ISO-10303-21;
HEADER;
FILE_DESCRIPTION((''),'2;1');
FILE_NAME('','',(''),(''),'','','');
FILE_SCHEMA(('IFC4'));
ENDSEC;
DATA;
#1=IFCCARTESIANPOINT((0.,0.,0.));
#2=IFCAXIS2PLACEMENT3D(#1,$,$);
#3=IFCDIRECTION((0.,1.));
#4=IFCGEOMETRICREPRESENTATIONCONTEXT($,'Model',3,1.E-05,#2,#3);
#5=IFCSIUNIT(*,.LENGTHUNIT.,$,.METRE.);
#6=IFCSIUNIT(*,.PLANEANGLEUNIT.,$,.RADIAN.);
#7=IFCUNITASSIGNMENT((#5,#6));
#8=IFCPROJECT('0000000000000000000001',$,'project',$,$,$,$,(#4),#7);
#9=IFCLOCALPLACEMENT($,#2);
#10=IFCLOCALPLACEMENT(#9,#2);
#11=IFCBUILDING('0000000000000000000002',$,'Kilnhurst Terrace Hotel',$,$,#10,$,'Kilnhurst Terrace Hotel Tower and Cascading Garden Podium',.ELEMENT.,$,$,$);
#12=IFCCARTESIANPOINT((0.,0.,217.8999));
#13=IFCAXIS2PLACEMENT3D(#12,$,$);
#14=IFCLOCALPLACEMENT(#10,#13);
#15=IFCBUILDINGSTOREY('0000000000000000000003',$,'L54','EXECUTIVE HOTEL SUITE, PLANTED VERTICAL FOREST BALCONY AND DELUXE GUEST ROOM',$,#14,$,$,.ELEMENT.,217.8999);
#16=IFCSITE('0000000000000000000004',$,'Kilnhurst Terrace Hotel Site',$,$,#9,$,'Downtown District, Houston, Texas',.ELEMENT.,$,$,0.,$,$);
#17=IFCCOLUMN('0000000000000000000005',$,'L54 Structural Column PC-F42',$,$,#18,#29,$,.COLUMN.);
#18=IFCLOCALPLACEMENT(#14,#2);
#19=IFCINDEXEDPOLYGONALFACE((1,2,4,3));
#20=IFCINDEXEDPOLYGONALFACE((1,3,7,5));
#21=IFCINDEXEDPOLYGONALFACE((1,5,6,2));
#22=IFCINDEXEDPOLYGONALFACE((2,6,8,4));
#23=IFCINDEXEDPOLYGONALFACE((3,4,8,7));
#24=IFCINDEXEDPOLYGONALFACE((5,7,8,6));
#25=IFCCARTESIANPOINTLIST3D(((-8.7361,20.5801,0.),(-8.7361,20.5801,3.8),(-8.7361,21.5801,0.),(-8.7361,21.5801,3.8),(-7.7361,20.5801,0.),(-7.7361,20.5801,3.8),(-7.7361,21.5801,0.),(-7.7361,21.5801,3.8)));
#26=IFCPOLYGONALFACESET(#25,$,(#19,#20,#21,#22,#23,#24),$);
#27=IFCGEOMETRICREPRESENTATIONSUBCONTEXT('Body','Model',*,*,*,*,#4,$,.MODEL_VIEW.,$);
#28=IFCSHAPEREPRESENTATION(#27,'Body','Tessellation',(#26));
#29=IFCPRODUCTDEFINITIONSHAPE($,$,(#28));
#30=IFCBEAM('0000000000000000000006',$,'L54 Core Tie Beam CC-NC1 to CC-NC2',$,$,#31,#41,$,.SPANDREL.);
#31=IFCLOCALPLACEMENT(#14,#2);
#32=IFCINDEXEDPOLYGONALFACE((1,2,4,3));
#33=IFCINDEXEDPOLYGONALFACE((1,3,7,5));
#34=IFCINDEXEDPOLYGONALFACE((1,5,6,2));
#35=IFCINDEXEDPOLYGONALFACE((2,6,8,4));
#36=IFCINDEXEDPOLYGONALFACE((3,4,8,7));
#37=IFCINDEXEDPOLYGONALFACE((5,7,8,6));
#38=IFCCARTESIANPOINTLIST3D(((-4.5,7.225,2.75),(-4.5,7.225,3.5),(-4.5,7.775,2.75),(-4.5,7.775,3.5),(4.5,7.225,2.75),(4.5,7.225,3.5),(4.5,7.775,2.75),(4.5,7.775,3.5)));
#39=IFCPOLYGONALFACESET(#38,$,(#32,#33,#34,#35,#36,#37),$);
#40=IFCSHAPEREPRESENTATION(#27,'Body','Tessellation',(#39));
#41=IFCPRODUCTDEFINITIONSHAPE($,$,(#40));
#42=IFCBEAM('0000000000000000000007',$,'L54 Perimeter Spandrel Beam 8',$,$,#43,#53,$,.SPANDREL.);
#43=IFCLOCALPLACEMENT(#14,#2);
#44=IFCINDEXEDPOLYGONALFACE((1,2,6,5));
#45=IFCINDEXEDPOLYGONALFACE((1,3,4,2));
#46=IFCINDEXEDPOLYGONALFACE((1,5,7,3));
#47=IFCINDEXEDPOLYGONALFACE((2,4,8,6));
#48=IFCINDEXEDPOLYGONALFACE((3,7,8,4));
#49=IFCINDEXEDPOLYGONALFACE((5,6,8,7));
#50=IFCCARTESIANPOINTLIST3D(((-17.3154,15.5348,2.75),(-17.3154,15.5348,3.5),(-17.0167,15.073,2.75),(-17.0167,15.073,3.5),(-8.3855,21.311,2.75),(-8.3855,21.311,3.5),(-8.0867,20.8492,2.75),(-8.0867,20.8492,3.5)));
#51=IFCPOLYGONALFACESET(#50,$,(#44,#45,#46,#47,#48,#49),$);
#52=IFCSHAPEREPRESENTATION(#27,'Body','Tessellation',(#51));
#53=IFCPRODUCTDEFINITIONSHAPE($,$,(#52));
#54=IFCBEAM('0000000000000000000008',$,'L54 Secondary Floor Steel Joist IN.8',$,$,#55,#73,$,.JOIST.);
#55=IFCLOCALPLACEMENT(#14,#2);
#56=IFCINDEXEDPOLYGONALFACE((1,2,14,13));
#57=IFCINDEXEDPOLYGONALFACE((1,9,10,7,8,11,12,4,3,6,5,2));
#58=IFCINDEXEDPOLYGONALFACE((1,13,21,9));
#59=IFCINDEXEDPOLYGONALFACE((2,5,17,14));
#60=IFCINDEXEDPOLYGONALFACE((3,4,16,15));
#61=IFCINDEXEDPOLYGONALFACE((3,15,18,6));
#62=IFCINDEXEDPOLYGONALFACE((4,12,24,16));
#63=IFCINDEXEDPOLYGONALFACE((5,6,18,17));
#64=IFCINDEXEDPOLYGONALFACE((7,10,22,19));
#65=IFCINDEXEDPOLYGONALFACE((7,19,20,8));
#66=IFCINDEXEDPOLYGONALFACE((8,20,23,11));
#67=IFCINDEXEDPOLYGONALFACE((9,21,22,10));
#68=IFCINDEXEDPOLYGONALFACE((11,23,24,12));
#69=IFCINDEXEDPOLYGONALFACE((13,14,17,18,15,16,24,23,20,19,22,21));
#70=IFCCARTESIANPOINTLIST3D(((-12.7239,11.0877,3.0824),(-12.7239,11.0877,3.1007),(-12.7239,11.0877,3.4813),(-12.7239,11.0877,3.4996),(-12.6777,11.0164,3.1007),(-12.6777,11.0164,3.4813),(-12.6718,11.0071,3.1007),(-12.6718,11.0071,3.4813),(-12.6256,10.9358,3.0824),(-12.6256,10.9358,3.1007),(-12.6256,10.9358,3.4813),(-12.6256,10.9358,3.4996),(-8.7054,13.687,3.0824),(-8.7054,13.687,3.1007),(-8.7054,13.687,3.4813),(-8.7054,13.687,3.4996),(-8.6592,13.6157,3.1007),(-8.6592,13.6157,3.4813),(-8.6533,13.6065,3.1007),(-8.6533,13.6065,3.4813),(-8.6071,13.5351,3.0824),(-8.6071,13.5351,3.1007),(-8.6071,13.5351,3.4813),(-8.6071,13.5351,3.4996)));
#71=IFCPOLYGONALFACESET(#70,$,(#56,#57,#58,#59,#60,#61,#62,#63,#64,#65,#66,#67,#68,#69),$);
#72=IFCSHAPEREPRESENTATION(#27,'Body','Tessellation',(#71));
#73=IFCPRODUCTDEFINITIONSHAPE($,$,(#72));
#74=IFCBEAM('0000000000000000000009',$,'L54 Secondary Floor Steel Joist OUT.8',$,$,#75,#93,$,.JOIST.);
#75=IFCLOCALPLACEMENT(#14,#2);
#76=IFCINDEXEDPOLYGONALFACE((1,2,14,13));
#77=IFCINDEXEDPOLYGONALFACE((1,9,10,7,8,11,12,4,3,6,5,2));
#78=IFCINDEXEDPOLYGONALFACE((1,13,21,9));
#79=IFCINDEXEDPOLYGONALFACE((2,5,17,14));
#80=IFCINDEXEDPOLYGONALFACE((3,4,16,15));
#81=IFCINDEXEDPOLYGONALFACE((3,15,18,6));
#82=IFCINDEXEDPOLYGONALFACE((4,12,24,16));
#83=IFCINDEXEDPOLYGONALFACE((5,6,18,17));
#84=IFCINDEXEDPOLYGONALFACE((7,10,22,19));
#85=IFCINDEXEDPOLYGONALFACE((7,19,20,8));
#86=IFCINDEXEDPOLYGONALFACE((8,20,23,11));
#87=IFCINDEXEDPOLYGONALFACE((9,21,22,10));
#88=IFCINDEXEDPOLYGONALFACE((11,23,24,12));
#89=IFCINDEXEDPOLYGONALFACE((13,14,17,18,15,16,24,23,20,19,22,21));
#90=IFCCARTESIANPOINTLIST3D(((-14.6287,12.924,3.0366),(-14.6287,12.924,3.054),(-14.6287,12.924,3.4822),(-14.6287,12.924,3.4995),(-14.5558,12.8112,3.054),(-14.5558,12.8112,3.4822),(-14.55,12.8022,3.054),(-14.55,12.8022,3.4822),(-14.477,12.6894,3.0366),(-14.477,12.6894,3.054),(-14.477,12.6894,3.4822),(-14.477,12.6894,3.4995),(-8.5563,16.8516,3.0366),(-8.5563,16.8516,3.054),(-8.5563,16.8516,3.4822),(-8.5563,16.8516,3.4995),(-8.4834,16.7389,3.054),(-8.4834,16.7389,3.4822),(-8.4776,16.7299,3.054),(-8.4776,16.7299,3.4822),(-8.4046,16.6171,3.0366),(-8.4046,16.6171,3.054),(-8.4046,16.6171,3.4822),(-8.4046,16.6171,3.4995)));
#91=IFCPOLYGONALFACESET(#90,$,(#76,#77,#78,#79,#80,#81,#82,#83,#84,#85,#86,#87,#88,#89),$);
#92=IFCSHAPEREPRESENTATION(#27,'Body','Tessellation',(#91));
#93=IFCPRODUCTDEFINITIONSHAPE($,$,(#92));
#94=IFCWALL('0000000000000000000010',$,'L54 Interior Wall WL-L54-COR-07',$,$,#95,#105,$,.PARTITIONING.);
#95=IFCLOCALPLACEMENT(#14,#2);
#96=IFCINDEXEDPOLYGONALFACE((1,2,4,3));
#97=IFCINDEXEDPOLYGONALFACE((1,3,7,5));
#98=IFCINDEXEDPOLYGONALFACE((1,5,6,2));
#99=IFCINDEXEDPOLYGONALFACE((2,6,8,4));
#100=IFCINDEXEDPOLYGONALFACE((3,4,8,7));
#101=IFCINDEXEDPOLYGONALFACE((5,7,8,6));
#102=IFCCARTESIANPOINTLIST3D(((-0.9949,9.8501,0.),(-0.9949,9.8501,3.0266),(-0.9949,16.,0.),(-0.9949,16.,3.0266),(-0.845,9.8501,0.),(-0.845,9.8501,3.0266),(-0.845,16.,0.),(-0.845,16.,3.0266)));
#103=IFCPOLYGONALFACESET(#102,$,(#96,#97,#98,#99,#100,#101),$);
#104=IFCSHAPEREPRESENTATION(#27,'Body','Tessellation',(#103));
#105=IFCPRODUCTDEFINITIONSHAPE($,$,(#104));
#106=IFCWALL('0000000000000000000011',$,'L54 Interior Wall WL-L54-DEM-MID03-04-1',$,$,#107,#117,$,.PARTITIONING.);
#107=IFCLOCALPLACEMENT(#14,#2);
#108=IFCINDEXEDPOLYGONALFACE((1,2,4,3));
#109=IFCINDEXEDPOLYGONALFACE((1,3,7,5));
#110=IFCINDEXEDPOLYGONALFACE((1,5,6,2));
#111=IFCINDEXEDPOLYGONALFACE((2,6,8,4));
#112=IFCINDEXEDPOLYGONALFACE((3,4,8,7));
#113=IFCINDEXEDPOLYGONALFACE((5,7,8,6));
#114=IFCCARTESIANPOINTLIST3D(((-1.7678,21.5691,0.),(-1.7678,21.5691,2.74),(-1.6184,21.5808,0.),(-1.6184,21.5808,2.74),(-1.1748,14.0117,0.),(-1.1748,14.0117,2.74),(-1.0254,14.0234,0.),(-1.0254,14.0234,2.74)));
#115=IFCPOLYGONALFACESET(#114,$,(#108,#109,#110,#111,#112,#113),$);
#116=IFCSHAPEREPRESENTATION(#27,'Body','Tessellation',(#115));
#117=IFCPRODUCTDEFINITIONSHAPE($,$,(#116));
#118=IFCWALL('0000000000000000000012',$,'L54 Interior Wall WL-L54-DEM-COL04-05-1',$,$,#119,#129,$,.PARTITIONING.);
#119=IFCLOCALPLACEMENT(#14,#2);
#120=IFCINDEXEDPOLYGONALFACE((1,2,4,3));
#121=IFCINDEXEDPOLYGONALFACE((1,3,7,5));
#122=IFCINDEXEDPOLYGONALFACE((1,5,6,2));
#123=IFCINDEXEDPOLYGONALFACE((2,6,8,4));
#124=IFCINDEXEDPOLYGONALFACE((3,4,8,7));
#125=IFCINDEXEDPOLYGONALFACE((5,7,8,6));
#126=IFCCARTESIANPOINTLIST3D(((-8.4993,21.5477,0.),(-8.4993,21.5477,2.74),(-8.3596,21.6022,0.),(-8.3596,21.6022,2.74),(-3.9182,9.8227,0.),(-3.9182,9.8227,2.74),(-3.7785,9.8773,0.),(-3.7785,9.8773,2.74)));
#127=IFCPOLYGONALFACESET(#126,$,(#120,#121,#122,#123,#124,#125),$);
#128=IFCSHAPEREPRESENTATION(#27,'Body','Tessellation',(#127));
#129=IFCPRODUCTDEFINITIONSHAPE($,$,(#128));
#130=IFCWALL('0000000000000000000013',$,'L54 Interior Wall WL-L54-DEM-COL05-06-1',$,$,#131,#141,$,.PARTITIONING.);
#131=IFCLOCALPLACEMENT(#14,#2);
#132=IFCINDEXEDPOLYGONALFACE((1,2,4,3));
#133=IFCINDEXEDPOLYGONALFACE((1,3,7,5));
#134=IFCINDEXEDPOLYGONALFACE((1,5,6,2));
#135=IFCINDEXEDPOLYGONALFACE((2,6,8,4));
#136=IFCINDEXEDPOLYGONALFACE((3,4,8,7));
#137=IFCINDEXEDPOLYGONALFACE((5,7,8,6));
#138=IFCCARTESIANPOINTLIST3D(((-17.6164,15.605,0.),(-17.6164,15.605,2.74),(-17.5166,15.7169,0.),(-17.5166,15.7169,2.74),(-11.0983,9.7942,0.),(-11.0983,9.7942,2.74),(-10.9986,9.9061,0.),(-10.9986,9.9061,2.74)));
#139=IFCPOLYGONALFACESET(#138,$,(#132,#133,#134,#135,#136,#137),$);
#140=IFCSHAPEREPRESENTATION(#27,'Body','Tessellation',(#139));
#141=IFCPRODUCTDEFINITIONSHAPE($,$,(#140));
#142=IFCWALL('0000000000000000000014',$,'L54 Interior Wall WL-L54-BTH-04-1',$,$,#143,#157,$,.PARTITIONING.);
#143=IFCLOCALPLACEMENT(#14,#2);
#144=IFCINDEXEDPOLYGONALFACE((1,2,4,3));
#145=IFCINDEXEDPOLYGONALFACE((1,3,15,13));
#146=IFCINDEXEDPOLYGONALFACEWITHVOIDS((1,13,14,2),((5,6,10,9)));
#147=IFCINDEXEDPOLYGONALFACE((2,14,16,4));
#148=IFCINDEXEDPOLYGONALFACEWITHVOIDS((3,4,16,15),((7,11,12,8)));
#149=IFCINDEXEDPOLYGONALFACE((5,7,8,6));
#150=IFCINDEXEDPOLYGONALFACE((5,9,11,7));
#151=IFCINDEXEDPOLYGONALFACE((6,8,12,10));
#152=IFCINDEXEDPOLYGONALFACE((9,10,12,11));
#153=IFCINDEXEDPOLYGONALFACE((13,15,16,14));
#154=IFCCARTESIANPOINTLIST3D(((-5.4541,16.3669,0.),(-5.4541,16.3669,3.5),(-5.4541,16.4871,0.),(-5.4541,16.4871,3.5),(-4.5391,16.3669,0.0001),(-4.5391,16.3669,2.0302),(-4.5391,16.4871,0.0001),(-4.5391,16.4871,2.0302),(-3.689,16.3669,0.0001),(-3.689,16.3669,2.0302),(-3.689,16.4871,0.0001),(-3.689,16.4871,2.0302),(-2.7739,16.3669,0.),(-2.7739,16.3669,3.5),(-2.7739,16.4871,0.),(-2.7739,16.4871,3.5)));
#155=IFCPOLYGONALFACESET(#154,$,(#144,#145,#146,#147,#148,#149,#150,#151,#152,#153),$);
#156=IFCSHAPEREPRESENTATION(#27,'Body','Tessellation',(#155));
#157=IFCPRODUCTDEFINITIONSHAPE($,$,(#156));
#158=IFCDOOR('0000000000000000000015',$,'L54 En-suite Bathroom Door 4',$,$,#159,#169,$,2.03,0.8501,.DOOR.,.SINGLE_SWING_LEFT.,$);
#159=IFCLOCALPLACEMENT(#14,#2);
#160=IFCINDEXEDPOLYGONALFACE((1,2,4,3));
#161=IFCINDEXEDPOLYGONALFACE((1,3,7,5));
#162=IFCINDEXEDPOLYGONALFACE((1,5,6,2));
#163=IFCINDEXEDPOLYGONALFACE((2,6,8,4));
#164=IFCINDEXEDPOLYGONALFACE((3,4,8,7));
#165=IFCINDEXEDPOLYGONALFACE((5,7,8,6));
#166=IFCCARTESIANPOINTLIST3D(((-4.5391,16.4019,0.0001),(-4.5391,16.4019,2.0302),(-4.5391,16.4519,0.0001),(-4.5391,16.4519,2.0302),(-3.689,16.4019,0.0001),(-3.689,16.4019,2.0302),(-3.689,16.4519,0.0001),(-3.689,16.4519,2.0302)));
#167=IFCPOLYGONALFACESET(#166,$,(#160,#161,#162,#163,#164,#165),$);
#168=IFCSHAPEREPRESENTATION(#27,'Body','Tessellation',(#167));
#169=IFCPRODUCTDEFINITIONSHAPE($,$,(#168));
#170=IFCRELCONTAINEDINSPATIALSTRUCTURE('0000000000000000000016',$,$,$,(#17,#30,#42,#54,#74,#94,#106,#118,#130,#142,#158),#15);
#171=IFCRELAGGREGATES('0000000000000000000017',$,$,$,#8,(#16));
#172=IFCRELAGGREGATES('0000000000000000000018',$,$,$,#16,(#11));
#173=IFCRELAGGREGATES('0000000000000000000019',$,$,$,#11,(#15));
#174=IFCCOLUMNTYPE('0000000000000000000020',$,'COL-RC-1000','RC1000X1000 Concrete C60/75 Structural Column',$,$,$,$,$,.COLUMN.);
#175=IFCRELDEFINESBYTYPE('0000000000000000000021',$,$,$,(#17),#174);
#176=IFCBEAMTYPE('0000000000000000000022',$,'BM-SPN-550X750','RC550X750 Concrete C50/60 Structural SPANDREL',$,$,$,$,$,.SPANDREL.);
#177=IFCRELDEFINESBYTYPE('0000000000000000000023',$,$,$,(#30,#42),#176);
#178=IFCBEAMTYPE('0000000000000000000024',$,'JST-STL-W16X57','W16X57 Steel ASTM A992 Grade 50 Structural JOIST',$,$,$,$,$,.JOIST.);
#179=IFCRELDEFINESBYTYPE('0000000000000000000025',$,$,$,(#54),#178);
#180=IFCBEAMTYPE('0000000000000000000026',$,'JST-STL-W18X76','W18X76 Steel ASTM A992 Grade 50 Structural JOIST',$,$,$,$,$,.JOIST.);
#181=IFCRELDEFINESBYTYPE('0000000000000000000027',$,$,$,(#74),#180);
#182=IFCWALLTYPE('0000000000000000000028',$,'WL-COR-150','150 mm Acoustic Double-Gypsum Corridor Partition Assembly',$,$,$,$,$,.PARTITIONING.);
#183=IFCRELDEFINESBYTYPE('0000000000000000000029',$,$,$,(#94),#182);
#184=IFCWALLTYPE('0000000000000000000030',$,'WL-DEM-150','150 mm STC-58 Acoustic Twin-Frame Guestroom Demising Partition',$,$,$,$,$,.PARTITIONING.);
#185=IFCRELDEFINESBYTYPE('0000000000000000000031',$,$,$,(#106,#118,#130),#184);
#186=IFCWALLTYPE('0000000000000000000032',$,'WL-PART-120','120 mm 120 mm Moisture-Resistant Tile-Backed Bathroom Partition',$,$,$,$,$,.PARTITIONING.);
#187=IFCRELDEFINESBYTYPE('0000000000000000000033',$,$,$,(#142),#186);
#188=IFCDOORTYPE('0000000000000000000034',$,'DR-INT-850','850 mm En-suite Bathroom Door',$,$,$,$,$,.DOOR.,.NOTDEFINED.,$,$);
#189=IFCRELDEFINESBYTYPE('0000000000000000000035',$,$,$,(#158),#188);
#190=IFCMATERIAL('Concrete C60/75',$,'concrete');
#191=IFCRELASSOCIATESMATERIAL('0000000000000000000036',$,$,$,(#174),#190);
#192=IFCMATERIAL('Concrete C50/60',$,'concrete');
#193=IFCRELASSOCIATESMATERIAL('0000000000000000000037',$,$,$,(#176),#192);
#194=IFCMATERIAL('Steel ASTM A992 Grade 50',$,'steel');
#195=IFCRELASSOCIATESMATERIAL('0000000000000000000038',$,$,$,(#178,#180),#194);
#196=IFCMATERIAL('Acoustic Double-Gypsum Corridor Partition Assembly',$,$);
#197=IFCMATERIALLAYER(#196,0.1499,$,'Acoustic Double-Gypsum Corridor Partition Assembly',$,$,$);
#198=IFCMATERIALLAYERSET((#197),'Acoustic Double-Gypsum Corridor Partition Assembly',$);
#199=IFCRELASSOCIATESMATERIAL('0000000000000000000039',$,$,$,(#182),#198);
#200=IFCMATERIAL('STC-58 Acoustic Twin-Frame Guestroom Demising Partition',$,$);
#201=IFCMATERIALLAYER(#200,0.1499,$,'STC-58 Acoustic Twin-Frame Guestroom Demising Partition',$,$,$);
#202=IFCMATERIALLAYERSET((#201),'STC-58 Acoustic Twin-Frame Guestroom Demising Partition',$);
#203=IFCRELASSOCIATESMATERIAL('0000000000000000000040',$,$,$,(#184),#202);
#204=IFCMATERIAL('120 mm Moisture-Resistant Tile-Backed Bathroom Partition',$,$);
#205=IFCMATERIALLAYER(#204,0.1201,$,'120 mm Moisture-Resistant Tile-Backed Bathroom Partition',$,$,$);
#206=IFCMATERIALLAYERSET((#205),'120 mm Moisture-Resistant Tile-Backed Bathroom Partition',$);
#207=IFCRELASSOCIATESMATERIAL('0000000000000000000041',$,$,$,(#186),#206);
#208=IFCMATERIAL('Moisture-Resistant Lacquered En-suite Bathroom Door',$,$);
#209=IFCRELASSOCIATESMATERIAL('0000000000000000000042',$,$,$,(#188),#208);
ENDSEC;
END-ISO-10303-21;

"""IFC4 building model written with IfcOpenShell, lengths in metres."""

from ifc_helpers import new_model, si_unit, direction, frame, frame_2d, origin, origin_2d, place, context, subcontext, project, spatial, rectangle, i_section, extrude, material, layer, layer_set, material_profile, profile_set, type_object, element, fill, save


model = new_model("IFC4")

# Units and contexts
model_context = context("Model", 3, precision=1e-05, world=origin(), true_north=direction((0.0, 1.0)))
body_context = subcontext(model_context, "Body", "Model", "MODEL_VIEW")
ifc_project = project(units=[si_unit("LENGTHUNIT", "METRE"), si_unit("PLANEANGLEUNIT", "RADIAN")], contexts=[model_context])

# Site, building, storey
site_placement = place(None, origin())
site = spatial("IfcSite", under=ifc_project, at=site_placement, Name="Kilnhurst Terrace Hotel Site", LongName="Downtown District, Houston, Texas", CompositionType="ELEMENT", RefElevation=0.0)
building_placement = place(site_placement, origin())
building = spatial("IfcBuilding", under=site, at=building_placement, Name="Kilnhurst Terrace Hotel", LongName="Kilnhurst Terrace Hotel Tower and Cascading Garden Podium", CompositionType="ELEMENT")
storey_placement = place(building_placement, frame((0.0, 0.0, 217.8999)))
storey = spatial("IfcBuildingStorey", under=building, at=storey_placement, Name="L54", Description="EXECUTIVE HOTEL SUITE, PLANTED VERTICAL FOREST BALCONY AND DELUXE GUEST ROOM", CompositionType="ELEMENT", Elevation=217.8999)

# Column
ifc_material_1 = material(Name="Concrete C60/75", Category="concrete")
ifc_material_profile_1 = material_profile(ifc_material_1, rectangle(XDim=1.0, YDim=1.0, at=origin_2d()), Name="RC1000X1000")
ifc_profile_set_1 = profile_set([ifc_material_profile_1], Name="Concrete C60/75")
column_type = type_object("IfcColumnType", Name="COL-RC-1000", Description="RC1000X1000 Concrete C60/75 Structural Column", PredefinedType="COLUMN", material=ifc_profile_set_1)
column_placement = place(storey_placement, frame((-8.2361, 21.0801, 0.0), z_axis=(0.0, 0.0, 1.0), x_axis=(1.0, 0.0, 0.0)))
element("IfcColumn", 1, at=column_placement, inside=storey, type_object=column_type, Name="L54 Structural Column PC-F42", PredefinedType="COLUMN", context=body_context, shape_type="SweptSolid", body=[
    extrude(rectangle(XDim=1.0, YDim=1.0, at=origin_2d()), origin(), (0.0, 0.0, 1.0), 3.8),
])

# Beams
ifc_material_2 = material(Name="Concrete C50/60", Category="concrete")
ifc_material_profile_2 = material_profile(ifc_material_2, rectangle(XDim=0.55, YDim=0.75, at=origin_2d()), Name="RC550X750")
ifc_profile_set_2 = profile_set([ifc_material_profile_2], Name="Concrete C50/60")
beam_type_1 = type_object("IfcBeamType", Name="BM-SPN-550X750", Description="RC550X750 Concrete C50/60 Structural SPANDREL", PredefinedType="SPANDREL", material=ifc_profile_set_2)
beam_1_placement = place(storey_placement, frame((-4.5, 7.5, 3.125), z_axis=(1.0, 0.0, 0.0), x_axis=(0.0, 1.0, 0.0)))
element("IfcBeam", 2, at=beam_1_placement, inside=storey, type_object=beam_type_1, Name="L54 Core Tie Beam CC-NC1 to CC-NC2", PredefinedType="SPANDREL", context=body_context, shape_type="SweptSolid", body=[
    extrude(rectangle(XDim=0.55, YDim=0.75, at=origin_2d()), origin(), (0.0, 0.0, 1.0), 9.0),
])
beam_2_placement = place(storey_placement, frame((-8.2361, 21.0801, 3.125), z_axis=(-0.839659, -0.543114, 0.0), x_axis=(0.543114, -0.839659, 0.0)))
element("IfcBeam", 3, at=beam_2_placement, inside=storey, type_object=beam_type_1, Name="L54 Perimeter Spandrel Beam 8", PredefinedType="SPANDREL", context=body_context, shape_type="SweptSolid", body=[
    extrude(rectangle(XDim=0.55, YDim=0.75, at=origin_2d()), origin(), (0.0, 0.0, 1.0), 10.6353),
])
ifc_material_3 = material(Name="Steel ASTM A992 Grade 50", Category="steel")
ifc_material_profile_3 = material_profile(ifc_material_3, i_section(OverallWidth=0.1809, OverallDepth=0.4172, WebThickness=0.011, FlangeThickness=0.0183, at=origin_2d()), Name="W16X57")
ifc_profile_set_3 = profile_set([ifc_material_profile_3], Name="Steel ASTM A992 Grade 50")
beam_type_2 = type_object("IfcBeamType", Name="JST-STL-W16X57", Description="W16X57 Steel ASTM A992 Grade 50 Structural JOIST", PredefinedType="JOIST", material=ifc_profile_set_3)
beam_3_placement = place(storey_placement, frame((-8.6562, 13.6111, 3.291), z_axis=(-0.839654, -0.543122, 0.0), x_axis=(0.543122, -0.839654, 0.0)))
element("IfcBeam", 4, at=beam_3_placement, inside=storey, type_object=beam_type_2, Name="L54 Secondary Floor Steel Joist IN.8", PredefinedType="JOIST", context=body_context, shape_type="SweptSolid", body=[
    extrude(i_section(OverallWidth=0.1809, OverallDepth=0.4172, WebThickness=0.011, FlangeThickness=0.0183, at=origin_2d()), origin(), (0.0, 0.0, 1.0), 4.7859),
])
ifc_material_profile_4 = material_profile(ifc_material_3, i_section(OverallWidth=0.2793, OverallDepth=0.4629, WebThickness=0.0107, FlangeThickness=0.0173, at=origin_2d()), Name="W18X76")
ifc_profile_set_4 = profile_set([ifc_material_profile_4], Name="Steel ASTM A992 Grade 50")
beam_type_3 = type_object("IfcBeamType", Name="JST-STL-W18X76", Description="W18X76 Steel ASTM A992 Grade 50 Structural JOIST", PredefinedType="JOIST", material=ifc_profile_set_4)
beam_4_placement = place(storey_placement, frame((-8.4805, 16.7344, 3.2681), z_axis=(-0.839667, -0.543101, 0.0), x_axis=(0.543101, -0.839667, 0.0)))
element("IfcBeam", 5, at=beam_4_placement, inside=storey, type_object=beam_type_3, Name="L54 Secondary Floor Steel Joist OUT.8", PredefinedType="JOIST", context=body_context, shape_type="SweptSolid", body=[
    extrude(i_section(OverallWidth=0.2793, OverallDepth=0.4629, WebThickness=0.0107, FlangeThickness=0.0173, at=origin_2d()), origin(), (0.0, 0.0, 1.0), 7.2319),
])

# Walls
ifc_material_4 = material(Name="Acoustic Double-Gypsum Corridor Partition Assembly")
ifc_layer_1 = layer(ifc_material_4, 0.1499, Name="Acoustic Double-Gypsum Corridor Partition Assembly")
ifc_layer_set_1 = layer_set([ifc_layer_1], Name="Acoustic Double-Gypsum Corridor Partition Assembly")
wall_type_1 = type_object("IfcWallType", Name="WL-COR-150", Description="150 mm Acoustic Double-Gypsum Corridor Partition Assembly", PredefinedType="PARTITIONING", material=ifc_layer_set_1)
wall_1_placement = place(storey_placement, frame((-0.9199, 9.8501, 0.0), z_axis=(0.0, 0.0, 1.0), x_axis=(0.0, 1.0, 0.0)))
element("IfcWall", 6, at=wall_1_placement, inside=storey, type_object=wall_type_1, Name="L54 Interior Wall WL-L54-COR-07", PredefinedType="PARTITIONING", context=body_context, shape_type="SweptSolid", body=[
    extrude(rectangle(XDim=6.1499, YDim=0.1499, at=frame_2d((3.075, 0.0))), origin(), (0.0, 0.0, 1.0), 3.0266),
])
ifc_material_5 = material(Name="STC-58 Acoustic Twin-Frame Guestroom Demising Partition")
ifc_layer_2 = layer(ifc_material_5, 0.1499, Name="STC-58 Acoustic Twin-Frame Guestroom Demising Partition")
ifc_layer_set_2 = layer_set([ifc_layer_2], Name="STC-58 Acoustic Twin-Frame Guestroom Demising Partition")
wall_type_2 = type_object("IfcWallType", Name="WL-DEM-150", Description="150 mm STC-58 Acoustic Twin-Frame Guestroom Demising Partition", PredefinedType="PARTITIONING", material=ifc_layer_set_2)
wall_2_placement = place(storey_placement, frame((-1.1001, 14.0176, 0.0), z_axis=(0.0, 0.0, 1.0), x_axis=(-0.078228, 0.996935, 0.0)))
element("IfcWall", 7, at=wall_2_placement, inside=storey, type_object=wall_type_2, Name="L54 Interior Wall WL-L54-DEM-MID03-04-1", PredefinedType="PARTITIONING", context=body_context, shape_type="SweptSolid", body=[
    extrude(rectangle(XDim=7.5806, YDim=0.1499, at=frame_2d((3.7903, 0.0))), origin(), (0.0, 0.0, 1.0), 2.74),
])
wall_3_placement = place(storey_placement, frame((-3.8484, 9.8501, 0.0), z_axis=(0.0, 0.0, 1.0), x_axis=(-0.363922, 0.93143, 0.0)))
element("IfcWall", 8, at=wall_3_placement, inside=storey, type_object=wall_type_2, Name="L54 Interior Wall WL-L54-DEM-COL04-05-1", PredefinedType="PARTITIONING", context=body_context, shape_type="SweptSolid", body=[
    extrude(rectangle(XDim=12.5881, YDim=0.1499, at=frame_2d((6.2939, 0.0))), origin(), (0.0, 0.0, 1.0), 2.74),
])
wall_4_placement = place(storey_placement, frame((-11.0483, 9.8501, 0.0), z_axis=(0.0, 0.0, 1.0), x_axis=(-0.746444, 0.665448, 0.0)))
element("IfcWall", 9, at=wall_4_placement, inside=storey, type_object=wall_type_2, Name="L54 Interior Wall WL-L54-DEM-COL05-06-1", PredefinedType="PARTITIONING", context=body_context, shape_type="SweptSolid", body=[
    extrude(rectangle(XDim=8.7322, YDim=0.1499, at=frame_2d((4.3662, 0.0))), origin(), (0.0, 0.0, 1.0), 2.74),
])

# Wall, opening, door
ifc_material_6 = material(Name="120 mm Moisture-Resistant Tile-Backed Bathroom Partition")
ifc_layer_3 = layer(ifc_material_6, 0.1201, Name="120 mm Moisture-Resistant Tile-Backed Bathroom Partition")
ifc_layer_set_3 = layer_set([ifc_layer_3], Name="120 mm Moisture-Resistant Tile-Backed Bathroom Partition")
wall_type_3 = type_object("IfcWallType", Name="WL-PART-120", Description="120 mm 120 mm Moisture-Resistant Tile-Backed Bathroom Partition", PredefinedType="PARTITIONING", material=ifc_layer_set_3)
wall_5_placement = place(storey_placement, frame((-5.4541, 16.427, 0.0), z_axis=(0.0, 0.0, 1.0), x_axis=(1.0, 0.0, 0.0)))
wall_5 = element("IfcWall", 10, at=wall_5_placement, inside=storey, type_object=wall_type_3, Name="L54 Interior Wall WL-L54-BTH-04-1", PredefinedType="PARTITIONING", context=body_context, shape_type="SweptSolid", body=[
    extrude(rectangle(XDim=2.6802, YDim=0.1201, at=frame_2d((1.3401, 0.0))), origin(), (0.0, 0.0, 1.0), 3.5),
])
opening_placement = place(wall_5_placement, frame((0.915, 0.0, 0.0)))
opening = element("IfcOpeningElement", 11, at=opening_placement, cuts=wall_5, PredefinedType="OPENING", context=body_context, shape_type="SweptSolid", body=[
    extrude(rectangle(XDim=0.8501, YDim=2.03, at=frame_2d((0.425, 1.0151))), frame((0.0, 0.0701, 0.0), z_axis=(0.0, -1.0, 0.0), x_axis=(1.0, 0.0, 0.0)), (0.0, 0.0, 1.0), 0.1401),
])
ifc_material_7 = material(Name="Moisture-Resistant Lacquered En-suite Bathroom Door")
door_type = type_object("IfcDoorType", Name="DR-INT-850", Description="850 mm En-suite Bathroom Door", OperationType="NOTDEFINED", PredefinedType="DOOR", material=ifc_material_7)
door_placement = place(opening_placement, origin())
door = element("IfcDoor", 12, at=door_placement, inside=storey, type_object=door_type, Name="L54 En-suite Bathroom Door 4", OperationType="SINGLE_SWING_LEFT", OverallHeight=2.03, OverallWidth=0.8501, PredefinedType="DOOR", context=body_context, shape_type="SweptSolid", body=[
    extrude(rectangle(XDim=0.8501, YDim=2.03, at=frame_2d((0.425, 1.0151))), frame((0.0, 0.0249, 0.0), z_axis=(0.0, -1.0, 0.0), x_axis=(1.0, 0.0, 0.0)), (0.0, 0.0, 1.0), 0.05),
])
fill(opening, door)

save(model, "model.ifc")
